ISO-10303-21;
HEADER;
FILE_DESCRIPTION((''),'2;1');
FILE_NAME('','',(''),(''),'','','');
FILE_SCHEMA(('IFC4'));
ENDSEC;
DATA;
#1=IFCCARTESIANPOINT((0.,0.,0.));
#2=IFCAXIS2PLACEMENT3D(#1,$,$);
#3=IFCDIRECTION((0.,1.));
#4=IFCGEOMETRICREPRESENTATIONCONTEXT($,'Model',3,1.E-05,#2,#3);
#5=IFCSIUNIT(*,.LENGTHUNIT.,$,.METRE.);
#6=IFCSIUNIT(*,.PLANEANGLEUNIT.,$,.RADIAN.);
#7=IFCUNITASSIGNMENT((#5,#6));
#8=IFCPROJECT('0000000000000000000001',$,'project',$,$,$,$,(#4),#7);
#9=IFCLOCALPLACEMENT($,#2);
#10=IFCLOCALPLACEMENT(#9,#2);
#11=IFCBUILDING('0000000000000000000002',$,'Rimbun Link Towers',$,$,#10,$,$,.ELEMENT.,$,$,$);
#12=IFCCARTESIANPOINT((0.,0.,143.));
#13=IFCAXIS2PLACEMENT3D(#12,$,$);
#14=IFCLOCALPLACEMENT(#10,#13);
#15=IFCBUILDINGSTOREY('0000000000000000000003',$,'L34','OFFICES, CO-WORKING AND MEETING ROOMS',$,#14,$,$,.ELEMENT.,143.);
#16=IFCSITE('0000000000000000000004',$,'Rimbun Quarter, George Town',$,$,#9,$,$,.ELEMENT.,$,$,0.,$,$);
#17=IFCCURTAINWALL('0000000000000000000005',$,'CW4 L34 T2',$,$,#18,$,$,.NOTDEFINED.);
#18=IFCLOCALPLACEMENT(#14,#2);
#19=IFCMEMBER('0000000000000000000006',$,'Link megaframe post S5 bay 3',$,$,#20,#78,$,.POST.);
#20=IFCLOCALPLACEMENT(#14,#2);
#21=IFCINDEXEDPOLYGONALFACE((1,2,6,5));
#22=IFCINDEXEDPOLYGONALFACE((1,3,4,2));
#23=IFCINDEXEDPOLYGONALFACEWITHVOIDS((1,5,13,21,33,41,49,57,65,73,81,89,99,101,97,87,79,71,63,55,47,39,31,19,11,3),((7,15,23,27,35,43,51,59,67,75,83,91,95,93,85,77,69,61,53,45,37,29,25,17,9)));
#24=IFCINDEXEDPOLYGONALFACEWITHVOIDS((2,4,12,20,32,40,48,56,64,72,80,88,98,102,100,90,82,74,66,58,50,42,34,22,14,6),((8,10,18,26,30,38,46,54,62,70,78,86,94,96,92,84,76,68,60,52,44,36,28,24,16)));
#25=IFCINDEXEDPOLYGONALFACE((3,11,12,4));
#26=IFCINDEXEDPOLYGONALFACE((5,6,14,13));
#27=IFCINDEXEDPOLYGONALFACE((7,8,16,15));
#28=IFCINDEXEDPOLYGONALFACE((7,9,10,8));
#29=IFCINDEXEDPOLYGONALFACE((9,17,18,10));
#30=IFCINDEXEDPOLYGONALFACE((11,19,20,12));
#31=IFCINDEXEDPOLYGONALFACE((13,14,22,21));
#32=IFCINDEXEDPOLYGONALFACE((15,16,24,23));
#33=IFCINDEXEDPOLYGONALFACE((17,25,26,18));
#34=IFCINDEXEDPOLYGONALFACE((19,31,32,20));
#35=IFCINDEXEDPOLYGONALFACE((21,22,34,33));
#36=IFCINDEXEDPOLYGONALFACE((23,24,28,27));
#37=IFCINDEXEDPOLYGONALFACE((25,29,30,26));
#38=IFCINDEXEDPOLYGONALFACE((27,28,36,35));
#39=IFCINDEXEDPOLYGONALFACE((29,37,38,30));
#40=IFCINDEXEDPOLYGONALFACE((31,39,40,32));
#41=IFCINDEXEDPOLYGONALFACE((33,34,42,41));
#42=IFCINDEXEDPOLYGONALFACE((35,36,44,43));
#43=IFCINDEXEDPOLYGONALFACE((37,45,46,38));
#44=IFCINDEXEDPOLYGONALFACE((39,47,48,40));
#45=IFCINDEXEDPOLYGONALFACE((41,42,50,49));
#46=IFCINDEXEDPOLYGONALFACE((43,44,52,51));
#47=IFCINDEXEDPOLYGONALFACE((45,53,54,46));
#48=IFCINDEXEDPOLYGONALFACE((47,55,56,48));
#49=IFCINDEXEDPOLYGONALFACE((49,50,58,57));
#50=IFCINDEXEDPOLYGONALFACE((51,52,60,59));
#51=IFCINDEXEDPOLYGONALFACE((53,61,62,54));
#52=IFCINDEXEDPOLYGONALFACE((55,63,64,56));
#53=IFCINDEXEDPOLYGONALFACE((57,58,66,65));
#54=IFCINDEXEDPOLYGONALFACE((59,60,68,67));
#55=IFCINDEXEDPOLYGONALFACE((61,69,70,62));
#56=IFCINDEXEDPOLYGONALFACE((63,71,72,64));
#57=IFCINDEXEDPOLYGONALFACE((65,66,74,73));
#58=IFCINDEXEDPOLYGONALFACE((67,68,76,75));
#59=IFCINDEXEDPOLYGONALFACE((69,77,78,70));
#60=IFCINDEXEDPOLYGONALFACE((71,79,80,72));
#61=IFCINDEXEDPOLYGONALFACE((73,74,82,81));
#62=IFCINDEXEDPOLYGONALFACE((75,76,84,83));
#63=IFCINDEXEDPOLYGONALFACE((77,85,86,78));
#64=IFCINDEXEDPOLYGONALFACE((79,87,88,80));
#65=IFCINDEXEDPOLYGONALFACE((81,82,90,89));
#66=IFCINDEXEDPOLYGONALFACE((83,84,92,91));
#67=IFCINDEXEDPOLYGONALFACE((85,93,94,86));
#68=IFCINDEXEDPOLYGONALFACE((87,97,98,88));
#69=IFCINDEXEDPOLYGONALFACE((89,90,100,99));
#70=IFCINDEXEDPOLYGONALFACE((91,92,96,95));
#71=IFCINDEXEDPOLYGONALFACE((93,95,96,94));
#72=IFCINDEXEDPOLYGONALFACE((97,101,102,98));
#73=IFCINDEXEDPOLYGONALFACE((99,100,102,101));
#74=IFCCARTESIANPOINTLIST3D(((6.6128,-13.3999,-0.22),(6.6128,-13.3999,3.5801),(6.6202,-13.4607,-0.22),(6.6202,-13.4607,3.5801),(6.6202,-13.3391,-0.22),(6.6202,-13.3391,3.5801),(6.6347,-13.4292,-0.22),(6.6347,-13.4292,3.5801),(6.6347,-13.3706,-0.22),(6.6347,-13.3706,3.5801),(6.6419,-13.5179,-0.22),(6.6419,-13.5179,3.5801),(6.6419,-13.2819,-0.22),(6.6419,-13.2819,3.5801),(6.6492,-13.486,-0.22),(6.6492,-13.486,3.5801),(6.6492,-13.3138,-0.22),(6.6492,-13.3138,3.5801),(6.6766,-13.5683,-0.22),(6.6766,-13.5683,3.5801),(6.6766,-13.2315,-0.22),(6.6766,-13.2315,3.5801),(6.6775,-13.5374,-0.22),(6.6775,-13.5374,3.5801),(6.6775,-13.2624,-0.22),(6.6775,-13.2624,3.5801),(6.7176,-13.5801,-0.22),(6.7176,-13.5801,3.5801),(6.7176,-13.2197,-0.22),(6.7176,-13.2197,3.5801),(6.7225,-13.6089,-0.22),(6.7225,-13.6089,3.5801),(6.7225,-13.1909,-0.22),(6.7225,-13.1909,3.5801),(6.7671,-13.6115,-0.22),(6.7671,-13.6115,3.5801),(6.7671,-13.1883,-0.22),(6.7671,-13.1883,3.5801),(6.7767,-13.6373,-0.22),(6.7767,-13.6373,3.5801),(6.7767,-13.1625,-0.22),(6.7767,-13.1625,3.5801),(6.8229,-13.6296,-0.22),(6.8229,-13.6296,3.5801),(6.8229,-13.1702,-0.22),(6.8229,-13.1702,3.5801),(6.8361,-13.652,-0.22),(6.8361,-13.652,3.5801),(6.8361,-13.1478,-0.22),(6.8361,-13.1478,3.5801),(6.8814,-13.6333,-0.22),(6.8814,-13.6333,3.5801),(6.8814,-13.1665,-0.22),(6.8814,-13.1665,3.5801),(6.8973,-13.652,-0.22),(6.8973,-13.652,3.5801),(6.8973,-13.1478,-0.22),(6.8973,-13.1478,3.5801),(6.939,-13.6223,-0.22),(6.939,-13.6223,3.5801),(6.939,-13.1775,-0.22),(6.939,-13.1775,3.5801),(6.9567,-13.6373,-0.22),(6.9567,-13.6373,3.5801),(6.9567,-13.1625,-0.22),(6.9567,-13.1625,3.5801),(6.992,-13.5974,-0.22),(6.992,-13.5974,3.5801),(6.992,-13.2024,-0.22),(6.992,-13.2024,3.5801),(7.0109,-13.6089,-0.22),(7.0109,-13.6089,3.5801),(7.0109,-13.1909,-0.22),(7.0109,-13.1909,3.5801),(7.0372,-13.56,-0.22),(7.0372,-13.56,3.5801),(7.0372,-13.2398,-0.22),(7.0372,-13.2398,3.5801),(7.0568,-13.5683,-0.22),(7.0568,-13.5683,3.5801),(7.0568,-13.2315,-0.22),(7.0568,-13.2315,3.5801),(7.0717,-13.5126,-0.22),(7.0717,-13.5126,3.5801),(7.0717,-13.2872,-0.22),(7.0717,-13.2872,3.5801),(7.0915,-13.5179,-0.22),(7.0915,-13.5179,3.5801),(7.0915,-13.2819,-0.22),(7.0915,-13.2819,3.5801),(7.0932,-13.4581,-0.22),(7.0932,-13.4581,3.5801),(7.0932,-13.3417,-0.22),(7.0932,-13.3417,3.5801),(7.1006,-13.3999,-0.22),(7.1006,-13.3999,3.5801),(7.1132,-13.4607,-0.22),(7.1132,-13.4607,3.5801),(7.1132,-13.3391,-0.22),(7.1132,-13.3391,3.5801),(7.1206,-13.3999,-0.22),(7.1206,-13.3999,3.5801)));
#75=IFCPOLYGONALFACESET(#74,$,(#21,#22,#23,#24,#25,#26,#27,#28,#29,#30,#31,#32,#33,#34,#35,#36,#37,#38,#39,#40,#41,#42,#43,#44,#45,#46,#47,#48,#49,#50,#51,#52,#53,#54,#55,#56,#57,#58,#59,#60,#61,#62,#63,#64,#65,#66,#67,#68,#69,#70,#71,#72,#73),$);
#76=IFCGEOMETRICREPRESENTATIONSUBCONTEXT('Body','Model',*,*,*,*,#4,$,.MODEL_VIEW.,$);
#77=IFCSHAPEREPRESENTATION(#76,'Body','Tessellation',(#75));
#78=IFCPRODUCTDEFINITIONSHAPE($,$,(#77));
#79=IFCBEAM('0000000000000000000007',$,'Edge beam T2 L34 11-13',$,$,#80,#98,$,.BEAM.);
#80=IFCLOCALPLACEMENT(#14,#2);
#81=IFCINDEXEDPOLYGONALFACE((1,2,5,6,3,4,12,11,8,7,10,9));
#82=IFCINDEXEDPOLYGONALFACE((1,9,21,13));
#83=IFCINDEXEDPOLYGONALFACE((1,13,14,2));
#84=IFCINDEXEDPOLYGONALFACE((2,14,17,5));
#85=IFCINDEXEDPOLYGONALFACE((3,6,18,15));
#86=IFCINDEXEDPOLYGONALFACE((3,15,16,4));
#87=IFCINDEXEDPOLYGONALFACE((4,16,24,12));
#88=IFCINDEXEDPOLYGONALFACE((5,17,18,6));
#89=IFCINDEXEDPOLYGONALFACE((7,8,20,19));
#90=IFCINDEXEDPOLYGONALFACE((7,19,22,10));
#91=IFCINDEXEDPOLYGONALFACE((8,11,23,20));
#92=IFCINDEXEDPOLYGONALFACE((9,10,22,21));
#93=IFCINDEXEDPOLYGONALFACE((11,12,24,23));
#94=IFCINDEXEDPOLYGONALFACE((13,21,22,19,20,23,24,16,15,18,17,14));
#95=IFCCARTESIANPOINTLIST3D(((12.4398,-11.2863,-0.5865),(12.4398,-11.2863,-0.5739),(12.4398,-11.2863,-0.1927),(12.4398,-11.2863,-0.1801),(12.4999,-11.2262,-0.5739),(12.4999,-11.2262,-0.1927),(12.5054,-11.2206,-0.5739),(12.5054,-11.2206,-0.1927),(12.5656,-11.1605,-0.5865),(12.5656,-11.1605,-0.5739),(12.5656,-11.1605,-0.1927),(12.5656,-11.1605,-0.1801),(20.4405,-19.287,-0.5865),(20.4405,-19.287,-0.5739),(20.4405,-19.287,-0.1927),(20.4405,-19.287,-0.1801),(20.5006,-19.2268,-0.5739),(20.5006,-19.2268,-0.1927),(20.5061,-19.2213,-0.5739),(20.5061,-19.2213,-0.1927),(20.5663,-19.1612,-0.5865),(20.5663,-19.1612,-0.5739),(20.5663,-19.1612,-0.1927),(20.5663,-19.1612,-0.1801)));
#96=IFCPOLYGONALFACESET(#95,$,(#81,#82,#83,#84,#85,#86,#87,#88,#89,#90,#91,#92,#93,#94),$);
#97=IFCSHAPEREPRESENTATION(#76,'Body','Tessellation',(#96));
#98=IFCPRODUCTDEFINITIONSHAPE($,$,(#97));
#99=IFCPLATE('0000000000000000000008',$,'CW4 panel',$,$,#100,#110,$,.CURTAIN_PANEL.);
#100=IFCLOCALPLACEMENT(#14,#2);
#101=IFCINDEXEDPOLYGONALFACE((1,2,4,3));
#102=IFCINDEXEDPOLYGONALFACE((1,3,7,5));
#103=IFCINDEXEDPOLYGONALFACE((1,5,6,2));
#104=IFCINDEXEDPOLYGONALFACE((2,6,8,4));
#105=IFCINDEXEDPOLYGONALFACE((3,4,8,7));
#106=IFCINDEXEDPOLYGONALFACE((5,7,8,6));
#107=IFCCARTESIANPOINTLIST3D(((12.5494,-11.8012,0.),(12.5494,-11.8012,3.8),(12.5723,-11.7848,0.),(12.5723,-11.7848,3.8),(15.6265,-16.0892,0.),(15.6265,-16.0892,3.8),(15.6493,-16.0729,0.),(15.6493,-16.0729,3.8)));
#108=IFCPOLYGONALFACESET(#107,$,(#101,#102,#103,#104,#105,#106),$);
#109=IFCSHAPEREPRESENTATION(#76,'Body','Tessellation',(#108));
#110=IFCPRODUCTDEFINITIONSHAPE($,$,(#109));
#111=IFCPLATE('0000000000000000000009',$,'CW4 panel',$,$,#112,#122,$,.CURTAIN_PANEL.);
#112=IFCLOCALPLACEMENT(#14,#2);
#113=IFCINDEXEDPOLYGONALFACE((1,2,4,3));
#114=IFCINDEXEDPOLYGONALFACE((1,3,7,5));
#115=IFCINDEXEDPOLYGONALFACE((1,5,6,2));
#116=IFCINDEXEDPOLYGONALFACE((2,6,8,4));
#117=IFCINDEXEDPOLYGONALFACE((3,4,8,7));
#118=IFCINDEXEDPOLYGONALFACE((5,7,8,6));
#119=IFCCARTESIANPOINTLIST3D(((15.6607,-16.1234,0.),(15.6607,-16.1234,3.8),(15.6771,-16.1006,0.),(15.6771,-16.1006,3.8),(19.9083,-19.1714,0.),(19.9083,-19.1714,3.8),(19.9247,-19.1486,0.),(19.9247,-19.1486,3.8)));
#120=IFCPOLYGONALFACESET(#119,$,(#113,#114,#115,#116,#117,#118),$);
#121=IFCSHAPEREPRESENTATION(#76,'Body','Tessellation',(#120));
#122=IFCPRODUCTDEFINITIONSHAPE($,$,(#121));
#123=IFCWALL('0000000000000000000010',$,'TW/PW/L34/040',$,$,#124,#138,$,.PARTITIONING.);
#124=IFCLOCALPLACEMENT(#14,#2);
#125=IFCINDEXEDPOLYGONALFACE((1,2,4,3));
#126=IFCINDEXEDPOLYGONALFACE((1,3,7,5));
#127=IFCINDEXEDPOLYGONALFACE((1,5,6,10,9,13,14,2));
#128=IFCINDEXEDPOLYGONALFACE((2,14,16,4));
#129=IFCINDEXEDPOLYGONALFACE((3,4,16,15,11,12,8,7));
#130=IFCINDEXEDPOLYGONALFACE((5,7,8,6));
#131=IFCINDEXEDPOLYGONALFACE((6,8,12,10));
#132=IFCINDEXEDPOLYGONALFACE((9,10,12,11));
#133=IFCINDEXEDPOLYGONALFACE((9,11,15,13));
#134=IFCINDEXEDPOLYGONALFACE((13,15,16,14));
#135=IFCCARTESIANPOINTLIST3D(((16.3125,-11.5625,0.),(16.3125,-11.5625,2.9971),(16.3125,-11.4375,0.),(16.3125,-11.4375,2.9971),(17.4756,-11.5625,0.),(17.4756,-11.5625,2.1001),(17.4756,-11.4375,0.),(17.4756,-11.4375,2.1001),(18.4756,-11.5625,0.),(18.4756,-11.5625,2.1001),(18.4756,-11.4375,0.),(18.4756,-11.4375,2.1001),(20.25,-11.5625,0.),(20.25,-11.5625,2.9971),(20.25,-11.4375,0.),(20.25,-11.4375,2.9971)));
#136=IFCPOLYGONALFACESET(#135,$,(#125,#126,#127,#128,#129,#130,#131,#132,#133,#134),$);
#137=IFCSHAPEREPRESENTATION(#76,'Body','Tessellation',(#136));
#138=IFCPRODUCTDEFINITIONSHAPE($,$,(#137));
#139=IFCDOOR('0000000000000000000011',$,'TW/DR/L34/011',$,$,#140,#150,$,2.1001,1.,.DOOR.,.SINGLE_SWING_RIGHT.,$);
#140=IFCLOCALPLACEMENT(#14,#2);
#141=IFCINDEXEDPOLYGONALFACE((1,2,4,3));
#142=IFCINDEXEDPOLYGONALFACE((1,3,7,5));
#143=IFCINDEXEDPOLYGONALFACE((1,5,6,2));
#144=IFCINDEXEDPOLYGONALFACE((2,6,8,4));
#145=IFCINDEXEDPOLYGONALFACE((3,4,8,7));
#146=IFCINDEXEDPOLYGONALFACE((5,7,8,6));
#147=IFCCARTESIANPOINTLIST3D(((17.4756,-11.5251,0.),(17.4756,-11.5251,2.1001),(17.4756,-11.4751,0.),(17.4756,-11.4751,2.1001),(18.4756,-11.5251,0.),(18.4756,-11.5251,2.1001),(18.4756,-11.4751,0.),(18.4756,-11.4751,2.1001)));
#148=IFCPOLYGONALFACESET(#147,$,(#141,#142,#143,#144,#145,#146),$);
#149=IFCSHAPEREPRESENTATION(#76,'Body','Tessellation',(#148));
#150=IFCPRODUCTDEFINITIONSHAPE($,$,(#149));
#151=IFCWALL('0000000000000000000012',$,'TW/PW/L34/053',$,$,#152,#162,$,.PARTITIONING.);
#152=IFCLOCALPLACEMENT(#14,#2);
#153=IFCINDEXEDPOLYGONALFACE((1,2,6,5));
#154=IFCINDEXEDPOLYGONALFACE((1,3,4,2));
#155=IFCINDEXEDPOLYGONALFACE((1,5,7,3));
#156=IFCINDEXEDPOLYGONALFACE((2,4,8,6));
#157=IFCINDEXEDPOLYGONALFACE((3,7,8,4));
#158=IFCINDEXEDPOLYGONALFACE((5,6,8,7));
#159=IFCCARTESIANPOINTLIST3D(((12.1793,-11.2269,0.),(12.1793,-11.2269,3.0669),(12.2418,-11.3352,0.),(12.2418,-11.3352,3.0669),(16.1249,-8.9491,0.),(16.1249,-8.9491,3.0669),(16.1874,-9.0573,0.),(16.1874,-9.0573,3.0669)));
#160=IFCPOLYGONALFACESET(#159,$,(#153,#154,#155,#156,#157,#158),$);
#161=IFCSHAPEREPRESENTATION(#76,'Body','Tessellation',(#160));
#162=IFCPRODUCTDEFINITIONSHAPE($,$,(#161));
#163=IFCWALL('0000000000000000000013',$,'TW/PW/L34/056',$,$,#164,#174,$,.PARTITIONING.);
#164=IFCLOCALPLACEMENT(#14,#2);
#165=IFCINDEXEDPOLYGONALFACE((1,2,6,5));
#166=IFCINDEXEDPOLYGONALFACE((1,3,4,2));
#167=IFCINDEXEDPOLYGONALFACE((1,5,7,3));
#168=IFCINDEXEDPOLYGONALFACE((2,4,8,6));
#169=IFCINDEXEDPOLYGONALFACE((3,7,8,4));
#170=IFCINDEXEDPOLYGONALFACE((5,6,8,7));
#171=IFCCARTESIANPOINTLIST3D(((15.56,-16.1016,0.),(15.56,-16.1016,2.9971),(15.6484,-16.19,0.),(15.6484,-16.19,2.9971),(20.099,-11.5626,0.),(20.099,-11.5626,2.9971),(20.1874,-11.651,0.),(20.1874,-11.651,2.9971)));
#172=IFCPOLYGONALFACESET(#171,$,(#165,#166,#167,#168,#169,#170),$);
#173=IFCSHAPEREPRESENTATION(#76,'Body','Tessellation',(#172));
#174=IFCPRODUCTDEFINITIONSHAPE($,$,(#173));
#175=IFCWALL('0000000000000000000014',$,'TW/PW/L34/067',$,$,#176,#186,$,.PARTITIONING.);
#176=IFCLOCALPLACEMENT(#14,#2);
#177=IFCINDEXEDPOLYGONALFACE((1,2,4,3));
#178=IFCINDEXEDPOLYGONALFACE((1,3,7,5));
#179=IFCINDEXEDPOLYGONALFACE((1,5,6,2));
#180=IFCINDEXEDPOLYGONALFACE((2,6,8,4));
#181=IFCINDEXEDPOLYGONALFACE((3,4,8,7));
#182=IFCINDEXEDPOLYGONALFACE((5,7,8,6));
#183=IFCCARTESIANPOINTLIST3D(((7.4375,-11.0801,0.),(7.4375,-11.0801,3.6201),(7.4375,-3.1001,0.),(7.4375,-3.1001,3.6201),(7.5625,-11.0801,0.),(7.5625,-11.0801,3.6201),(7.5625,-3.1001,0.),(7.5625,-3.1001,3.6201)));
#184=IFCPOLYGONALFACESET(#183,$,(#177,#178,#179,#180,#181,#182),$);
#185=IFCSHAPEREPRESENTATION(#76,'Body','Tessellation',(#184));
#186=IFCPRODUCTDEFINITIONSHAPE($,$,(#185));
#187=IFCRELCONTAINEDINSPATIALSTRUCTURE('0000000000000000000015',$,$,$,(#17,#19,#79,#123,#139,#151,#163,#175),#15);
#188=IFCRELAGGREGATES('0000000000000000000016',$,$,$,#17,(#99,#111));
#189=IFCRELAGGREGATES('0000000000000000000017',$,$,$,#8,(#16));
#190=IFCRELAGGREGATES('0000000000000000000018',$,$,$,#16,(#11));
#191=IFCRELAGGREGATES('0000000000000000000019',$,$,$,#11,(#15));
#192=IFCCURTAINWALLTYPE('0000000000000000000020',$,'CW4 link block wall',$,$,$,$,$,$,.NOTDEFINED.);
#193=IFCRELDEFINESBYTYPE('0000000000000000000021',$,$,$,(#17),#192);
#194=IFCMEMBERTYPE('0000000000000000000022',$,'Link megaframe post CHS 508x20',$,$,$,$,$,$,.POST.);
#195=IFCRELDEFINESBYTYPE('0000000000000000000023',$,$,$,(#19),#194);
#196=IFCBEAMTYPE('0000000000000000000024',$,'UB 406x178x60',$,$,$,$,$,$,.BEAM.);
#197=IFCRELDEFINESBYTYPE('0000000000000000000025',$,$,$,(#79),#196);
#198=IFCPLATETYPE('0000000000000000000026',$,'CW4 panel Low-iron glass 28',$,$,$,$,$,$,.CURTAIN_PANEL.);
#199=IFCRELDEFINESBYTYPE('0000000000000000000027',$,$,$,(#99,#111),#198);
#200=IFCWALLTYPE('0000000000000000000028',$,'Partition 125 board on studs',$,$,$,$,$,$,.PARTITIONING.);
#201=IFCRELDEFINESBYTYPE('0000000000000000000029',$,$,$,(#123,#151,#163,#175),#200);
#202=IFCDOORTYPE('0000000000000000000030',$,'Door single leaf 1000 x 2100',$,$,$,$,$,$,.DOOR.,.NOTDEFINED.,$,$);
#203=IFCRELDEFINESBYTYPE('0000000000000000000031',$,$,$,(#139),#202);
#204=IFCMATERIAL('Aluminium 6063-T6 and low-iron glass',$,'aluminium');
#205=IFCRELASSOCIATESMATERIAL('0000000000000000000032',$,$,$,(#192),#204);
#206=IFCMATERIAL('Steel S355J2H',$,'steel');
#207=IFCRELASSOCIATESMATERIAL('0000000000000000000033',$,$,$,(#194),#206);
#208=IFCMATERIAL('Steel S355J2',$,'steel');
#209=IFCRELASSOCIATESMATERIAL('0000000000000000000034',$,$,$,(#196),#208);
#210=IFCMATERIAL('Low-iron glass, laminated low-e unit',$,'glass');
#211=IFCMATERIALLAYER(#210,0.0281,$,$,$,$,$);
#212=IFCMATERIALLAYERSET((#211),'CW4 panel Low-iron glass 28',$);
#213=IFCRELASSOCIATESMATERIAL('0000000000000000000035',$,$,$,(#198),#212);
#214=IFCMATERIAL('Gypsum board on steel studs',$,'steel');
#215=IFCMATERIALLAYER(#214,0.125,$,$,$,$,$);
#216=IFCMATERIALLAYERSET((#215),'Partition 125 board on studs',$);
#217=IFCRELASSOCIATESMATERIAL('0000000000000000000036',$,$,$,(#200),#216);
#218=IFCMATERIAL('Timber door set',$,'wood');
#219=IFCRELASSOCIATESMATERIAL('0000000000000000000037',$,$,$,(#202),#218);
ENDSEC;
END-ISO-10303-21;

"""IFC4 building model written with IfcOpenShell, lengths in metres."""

from ifc_helpers import new_model, si_unit, direction, frame, frame_2d, origin, origin_2d, place, context, subcontext, project, spatial, rectangle, hollow_circle, i_section, extrude, material, layer, layer_set, material_profile, profile_set, type_object, element, fill, aggregate, save


model = new_model("IFC4")

# Units and contexts
model_context = context("Model", 3, precision=1e-05, world=origin(), true_north=direction((0.0, 1.0)))
body_context = subcontext(model_context, "Body", "Model", "MODEL_VIEW")
ifc_project = project(units=[si_unit("LENGTHUNIT", "METRE"), si_unit("PLANEANGLEUNIT", "RADIAN")], contexts=[model_context])

# Site, building, storey
site_placement = place(None, origin())
site = spatial("IfcSite", under=ifc_project, at=site_placement, Name="Rimbun Quarter, George Town", CompositionType="ELEMENT", RefElevation=0.0)
building_placement = place(site_placement, origin())
building = spatial("IfcBuilding", under=site, at=building_placement, Name="Rimbun Link Towers", CompositionType="ELEMENT")
storey_placement = place(building_placement, frame((0.0, 0.0, 143.0)))
storey = spatial("IfcBuildingStorey", under=building, at=storey_placement, Name="L34", Description="OFFICES, CO-WORKING AND MEETING ROOMS", CompositionType="ELEMENT", Elevation=143.0)

# Curtain wall
ifc_material_1 = material(Name="Aluminium 6063-T6 and low-iron glass", Category="aluminium")
curtain_wall_type = type_object("IfcCurtainWallType", Name="CW4 link block wall", PredefinedType="NOTDEFINED", material=ifc_material_1)
curtain_wall_1_placement = place(storey_placement, origin())
curtain_wall_1 = element("IfcCurtainWall", 1, at=curtain_wall_1_placement, inside=storey, type_object=curtain_wall_type, Name="CW4 L34 T2", PredefinedType="NOTDEFINED")

# Member
ifc_material_2 = material(Name="Steel S355J2H", Category="steel")
ifc_material_profile_1 = material_profile(ifc_material_2, hollow_circle(Radius=0.2539, WallThickness=0.02, at=origin_2d()), Name="CHS 508x20")
ifc_profile_set_1 = profile_set([ifc_material_profile_1], Name="Steel S355J2H")
member_type_1 = type_object("IfcMemberType", Name="Link megaframe post CHS 508x20", PredefinedType="POST", material=ifc_profile_set_1)
member_1_placement = place(storey_placement, frame((6.8667, -13.3999, -0.22), z_axis=(0.0, 0.0, 1.0), x_axis=(1.0, 0.0, 0.0)))
element("IfcMember", 2, at=member_1_placement, inside=storey, type_object=member_type_1, Name="Link megaframe post S5 bay 3", PredefinedType="POST", context=body_context, shape_type="SweptSolid", body=[
    extrude(hollow_circle(Radius=0.2539, WallThickness=0.02, at=origin_2d()), origin(), (0.0, 0.0, 1.0), 3.8),
])

# Beam
ifc_material_3 = material(Name="Steel S355J2", Category="steel")
ifc_material_profile_2 = material_profile(ifc_material_3, i_section(OverallWidth=0.178, OverallDepth=0.4065, WebThickness=0.0078, FlangeThickness=0.0127, at=origin_2d()), Name="UB 406x178x60")
ifc_profile_set_2 = profile_set([ifc_material_profile_2], Name="Steel S355J2")
beam_type = type_object("IfcBeamType", Name="UB 406x178x60", PredefinedType="BEAM", material=ifc_profile_set_2)
beam_placement = place(storey_placement, frame((12.5027, -11.2234, -0.3833), z_axis=(0.707107, -0.707107, 0.0), x_axis=(0.707107, 0.707107, 0.0)))
element("IfcBeam", 3, at=beam_placement, inside=storey, type_object=beam_type, Name="Edge beam T2 L34 11-13", PredefinedType="BEAM", context=body_context, shape_type="SweptSolid", body=[
    extrude(i_section(OverallWidth=0.178, OverallDepth=0.4065, WebThickness=0.0078, FlangeThickness=0.0127, at=origin_2d()), origin(), (0.0, 0.0, 1.0), 11.3147),
])

# Plates
ifc_material_4 = material(Name="Low-iron glass, laminated low-e unit", Category="glass")
ifc_layer_1 = layer(ifc_material_4, 0.0281)
ifc_layer_set_1 = layer_set([ifc_layer_1], Name="CW4 panel Low-iron glass 28")
plate_type = type_object("IfcPlateType", Name="CW4 panel Low-iron glass 28", PredefinedType="CURTAIN_PANEL", material=ifc_layer_set_1)
plate_1_placement = place(storey_placement, frame((14.0994, -13.937, 0.0), z_axis=(0.0, 0.0, 1.0), x_axis=(-0.583009, 0.812465, 0.0)))
plate_1 = element("IfcPlate", 4, at=plate_1_placement, type_object=plate_type, Name="CW4 panel", PredefinedType="CURTAIN_PANEL", context=body_context, shape_type="SweptSolid", body=[
    extrude(rectangle(XDim=5.2778, YDim=0.0281, at=origin_2d()), origin(), (0.0, 0.0, 1.0), 3.8),
])
plate_2_placement = place(storey_placement, frame((17.7927, -17.636, 0.0), z_axis=(0.0, 0.0, 1.0), x_axis=(-0.812465, 0.583009, 0.0)))
plate_2 = element("IfcPlate", 5, at=plate_2_placement, type_object=plate_type, Name="CW4 panel", PredefinedType="CURTAIN_PANEL", context=body_context, shape_type="SweptSolid", body=[
    extrude(rectangle(XDim=5.228, YDim=0.0281, at=origin_2d()), origin(), (0.0, 0.0, 1.0), 3.8),
])
aggregate(curtain_wall_1, [plate_1, plate_2])

# Wall, opening, door
ifc_material_5 = material(Name="Gypsum board on steel studs", Category="steel")
ifc_layer_2 = layer(ifc_material_5, 0.125)
ifc_layer_set_2 = layer_set([ifc_layer_2], Name="Partition 125 board on studs")
wall_type = type_object("IfcWallType", Name="Partition 125 board on studs", PredefinedType="PARTITIONING", material=ifc_layer_set_2)
wall_1_placement = place(storey_placement, frame((16.3125, -11.5, 0.0), z_axis=(0.0, 0.0, 1.0), x_axis=(1.0, 0.0, 0.0)))
wall_1 = element("IfcWall", 6, at=wall_1_placement, inside=storey, type_object=wall_type, Name="TW/PW/L34/040", PredefinedType="PARTITIONING", context=body_context, shape_type="SweptSolid", body=[
    extrude(rectangle(XDim=3.9375, YDim=0.125, at=frame_2d((1.9688, 0.0))), origin(), (0.0, 0.0, 1.0), 2.9971),
])
opening_placement = place(wall_1_placement, frame((1.1631, 0.0, 0.0)))
opening = element("IfcOpeningElement", 7, at=opening_placement, cuts=wall_1, PredefinedType="OPENING", context=body_context, shape_type="SweptSolid", body=[
    extrude(rectangle(XDim=1.0, YDim=2.1001, at=frame_2d((0.5, 1.05))), frame((0.0, 0.0725, 0.0), z_axis=(0.0, -1.0, 0.0), x_axis=(1.0, 0.0, 0.0)), (0.0, 0.0, 1.0), 0.145),
])
ifc_material_6 = material(Name="Timber door set", Category="wood")
door_type = type_object("IfcDoorType", Name="Door single leaf 1000 x 2100", OperationType="NOTDEFINED", PredefinedType="DOOR", material=ifc_material_6)
door_placement = place(opening_placement, origin())
door = element("IfcDoor", 8, at=door_placement, inside=storey, type_object=door_type, Name="TW/DR/L34/011", OperationType="SINGLE_SWING_RIGHT", OverallHeight=2.1001, OverallWidth=1.0, PredefinedType="DOOR", context=body_context, shape_type="SweptSolid", body=[
    extrude(rectangle(XDim=1.0, YDim=2.1001, at=frame_2d((0.5, 1.05))), frame((0.0, 0.0249, 0.0), z_axis=(0.0, -1.0, 0.0), x_axis=(1.0, 0.0, 0.0)), (0.0, 0.0, 1.0), 0.05),
])
fill(opening, door)

# Walls
wall_2_placement = place(storey_placement, frame((12.2107, -11.281, 0.0), z_axis=(0.0, 0.0, 1.0), x_axis=(0.866038, 0.499978, 0.0)))
element("IfcWall", 9, at=wall_2_placement, inside=storey, type_object=wall_type, Name="TW/PW/L34/053", PredefinedType="PARTITIONING", context=body_context, shape_type="SweptSolid", body=[
    extrude(rectangle(XDim=4.5559, YDim=0.125, at=frame_2d((2.2778, 0.0))), origin(), (0.0, 0.0, 1.0), 3.0669),
])
wall_3_placement = place(storey_placement, frame((15.6042, -16.1458, 0.0), z_axis=(0.0, 0.0, 1.0), x_axis=(0.707107, 0.707107, 0.0)))
element("IfcWall", 10, at=wall_3_placement, inside=storey, type_object=wall_type, Name="TW/PW/L34/056", PredefinedType="PARTITIONING", context=body_context, shape_type="SweptSolid", body=[
    extrude(rectangle(XDim=6.4192, YDim=0.125, at=frame_2d((3.2095, 0.0))), origin(), (0.0, 0.0, 1.0), 2.9971),
])
wall_4_placement = place(storey_placement, frame((7.5, -11.0801, 0.0), z_axis=(0.0, 0.0, 1.0), x_axis=(0.0, 1.0, 0.0)))
element("IfcWall", 11, at=wall_4_placement, inside=storey, type_object=wall_type, Name="TW/PW/L34/067", PredefinedType="PARTITIONING", context=body_context, shape_type="SweptSolid", body=[
    extrude(rectangle(XDim=7.98, YDim=0.125, at=frame_2d((3.99, 0.0))), origin(), (0.0, 0.0, 1.0), 3.6201),
])

save(model, "model.ifc")
